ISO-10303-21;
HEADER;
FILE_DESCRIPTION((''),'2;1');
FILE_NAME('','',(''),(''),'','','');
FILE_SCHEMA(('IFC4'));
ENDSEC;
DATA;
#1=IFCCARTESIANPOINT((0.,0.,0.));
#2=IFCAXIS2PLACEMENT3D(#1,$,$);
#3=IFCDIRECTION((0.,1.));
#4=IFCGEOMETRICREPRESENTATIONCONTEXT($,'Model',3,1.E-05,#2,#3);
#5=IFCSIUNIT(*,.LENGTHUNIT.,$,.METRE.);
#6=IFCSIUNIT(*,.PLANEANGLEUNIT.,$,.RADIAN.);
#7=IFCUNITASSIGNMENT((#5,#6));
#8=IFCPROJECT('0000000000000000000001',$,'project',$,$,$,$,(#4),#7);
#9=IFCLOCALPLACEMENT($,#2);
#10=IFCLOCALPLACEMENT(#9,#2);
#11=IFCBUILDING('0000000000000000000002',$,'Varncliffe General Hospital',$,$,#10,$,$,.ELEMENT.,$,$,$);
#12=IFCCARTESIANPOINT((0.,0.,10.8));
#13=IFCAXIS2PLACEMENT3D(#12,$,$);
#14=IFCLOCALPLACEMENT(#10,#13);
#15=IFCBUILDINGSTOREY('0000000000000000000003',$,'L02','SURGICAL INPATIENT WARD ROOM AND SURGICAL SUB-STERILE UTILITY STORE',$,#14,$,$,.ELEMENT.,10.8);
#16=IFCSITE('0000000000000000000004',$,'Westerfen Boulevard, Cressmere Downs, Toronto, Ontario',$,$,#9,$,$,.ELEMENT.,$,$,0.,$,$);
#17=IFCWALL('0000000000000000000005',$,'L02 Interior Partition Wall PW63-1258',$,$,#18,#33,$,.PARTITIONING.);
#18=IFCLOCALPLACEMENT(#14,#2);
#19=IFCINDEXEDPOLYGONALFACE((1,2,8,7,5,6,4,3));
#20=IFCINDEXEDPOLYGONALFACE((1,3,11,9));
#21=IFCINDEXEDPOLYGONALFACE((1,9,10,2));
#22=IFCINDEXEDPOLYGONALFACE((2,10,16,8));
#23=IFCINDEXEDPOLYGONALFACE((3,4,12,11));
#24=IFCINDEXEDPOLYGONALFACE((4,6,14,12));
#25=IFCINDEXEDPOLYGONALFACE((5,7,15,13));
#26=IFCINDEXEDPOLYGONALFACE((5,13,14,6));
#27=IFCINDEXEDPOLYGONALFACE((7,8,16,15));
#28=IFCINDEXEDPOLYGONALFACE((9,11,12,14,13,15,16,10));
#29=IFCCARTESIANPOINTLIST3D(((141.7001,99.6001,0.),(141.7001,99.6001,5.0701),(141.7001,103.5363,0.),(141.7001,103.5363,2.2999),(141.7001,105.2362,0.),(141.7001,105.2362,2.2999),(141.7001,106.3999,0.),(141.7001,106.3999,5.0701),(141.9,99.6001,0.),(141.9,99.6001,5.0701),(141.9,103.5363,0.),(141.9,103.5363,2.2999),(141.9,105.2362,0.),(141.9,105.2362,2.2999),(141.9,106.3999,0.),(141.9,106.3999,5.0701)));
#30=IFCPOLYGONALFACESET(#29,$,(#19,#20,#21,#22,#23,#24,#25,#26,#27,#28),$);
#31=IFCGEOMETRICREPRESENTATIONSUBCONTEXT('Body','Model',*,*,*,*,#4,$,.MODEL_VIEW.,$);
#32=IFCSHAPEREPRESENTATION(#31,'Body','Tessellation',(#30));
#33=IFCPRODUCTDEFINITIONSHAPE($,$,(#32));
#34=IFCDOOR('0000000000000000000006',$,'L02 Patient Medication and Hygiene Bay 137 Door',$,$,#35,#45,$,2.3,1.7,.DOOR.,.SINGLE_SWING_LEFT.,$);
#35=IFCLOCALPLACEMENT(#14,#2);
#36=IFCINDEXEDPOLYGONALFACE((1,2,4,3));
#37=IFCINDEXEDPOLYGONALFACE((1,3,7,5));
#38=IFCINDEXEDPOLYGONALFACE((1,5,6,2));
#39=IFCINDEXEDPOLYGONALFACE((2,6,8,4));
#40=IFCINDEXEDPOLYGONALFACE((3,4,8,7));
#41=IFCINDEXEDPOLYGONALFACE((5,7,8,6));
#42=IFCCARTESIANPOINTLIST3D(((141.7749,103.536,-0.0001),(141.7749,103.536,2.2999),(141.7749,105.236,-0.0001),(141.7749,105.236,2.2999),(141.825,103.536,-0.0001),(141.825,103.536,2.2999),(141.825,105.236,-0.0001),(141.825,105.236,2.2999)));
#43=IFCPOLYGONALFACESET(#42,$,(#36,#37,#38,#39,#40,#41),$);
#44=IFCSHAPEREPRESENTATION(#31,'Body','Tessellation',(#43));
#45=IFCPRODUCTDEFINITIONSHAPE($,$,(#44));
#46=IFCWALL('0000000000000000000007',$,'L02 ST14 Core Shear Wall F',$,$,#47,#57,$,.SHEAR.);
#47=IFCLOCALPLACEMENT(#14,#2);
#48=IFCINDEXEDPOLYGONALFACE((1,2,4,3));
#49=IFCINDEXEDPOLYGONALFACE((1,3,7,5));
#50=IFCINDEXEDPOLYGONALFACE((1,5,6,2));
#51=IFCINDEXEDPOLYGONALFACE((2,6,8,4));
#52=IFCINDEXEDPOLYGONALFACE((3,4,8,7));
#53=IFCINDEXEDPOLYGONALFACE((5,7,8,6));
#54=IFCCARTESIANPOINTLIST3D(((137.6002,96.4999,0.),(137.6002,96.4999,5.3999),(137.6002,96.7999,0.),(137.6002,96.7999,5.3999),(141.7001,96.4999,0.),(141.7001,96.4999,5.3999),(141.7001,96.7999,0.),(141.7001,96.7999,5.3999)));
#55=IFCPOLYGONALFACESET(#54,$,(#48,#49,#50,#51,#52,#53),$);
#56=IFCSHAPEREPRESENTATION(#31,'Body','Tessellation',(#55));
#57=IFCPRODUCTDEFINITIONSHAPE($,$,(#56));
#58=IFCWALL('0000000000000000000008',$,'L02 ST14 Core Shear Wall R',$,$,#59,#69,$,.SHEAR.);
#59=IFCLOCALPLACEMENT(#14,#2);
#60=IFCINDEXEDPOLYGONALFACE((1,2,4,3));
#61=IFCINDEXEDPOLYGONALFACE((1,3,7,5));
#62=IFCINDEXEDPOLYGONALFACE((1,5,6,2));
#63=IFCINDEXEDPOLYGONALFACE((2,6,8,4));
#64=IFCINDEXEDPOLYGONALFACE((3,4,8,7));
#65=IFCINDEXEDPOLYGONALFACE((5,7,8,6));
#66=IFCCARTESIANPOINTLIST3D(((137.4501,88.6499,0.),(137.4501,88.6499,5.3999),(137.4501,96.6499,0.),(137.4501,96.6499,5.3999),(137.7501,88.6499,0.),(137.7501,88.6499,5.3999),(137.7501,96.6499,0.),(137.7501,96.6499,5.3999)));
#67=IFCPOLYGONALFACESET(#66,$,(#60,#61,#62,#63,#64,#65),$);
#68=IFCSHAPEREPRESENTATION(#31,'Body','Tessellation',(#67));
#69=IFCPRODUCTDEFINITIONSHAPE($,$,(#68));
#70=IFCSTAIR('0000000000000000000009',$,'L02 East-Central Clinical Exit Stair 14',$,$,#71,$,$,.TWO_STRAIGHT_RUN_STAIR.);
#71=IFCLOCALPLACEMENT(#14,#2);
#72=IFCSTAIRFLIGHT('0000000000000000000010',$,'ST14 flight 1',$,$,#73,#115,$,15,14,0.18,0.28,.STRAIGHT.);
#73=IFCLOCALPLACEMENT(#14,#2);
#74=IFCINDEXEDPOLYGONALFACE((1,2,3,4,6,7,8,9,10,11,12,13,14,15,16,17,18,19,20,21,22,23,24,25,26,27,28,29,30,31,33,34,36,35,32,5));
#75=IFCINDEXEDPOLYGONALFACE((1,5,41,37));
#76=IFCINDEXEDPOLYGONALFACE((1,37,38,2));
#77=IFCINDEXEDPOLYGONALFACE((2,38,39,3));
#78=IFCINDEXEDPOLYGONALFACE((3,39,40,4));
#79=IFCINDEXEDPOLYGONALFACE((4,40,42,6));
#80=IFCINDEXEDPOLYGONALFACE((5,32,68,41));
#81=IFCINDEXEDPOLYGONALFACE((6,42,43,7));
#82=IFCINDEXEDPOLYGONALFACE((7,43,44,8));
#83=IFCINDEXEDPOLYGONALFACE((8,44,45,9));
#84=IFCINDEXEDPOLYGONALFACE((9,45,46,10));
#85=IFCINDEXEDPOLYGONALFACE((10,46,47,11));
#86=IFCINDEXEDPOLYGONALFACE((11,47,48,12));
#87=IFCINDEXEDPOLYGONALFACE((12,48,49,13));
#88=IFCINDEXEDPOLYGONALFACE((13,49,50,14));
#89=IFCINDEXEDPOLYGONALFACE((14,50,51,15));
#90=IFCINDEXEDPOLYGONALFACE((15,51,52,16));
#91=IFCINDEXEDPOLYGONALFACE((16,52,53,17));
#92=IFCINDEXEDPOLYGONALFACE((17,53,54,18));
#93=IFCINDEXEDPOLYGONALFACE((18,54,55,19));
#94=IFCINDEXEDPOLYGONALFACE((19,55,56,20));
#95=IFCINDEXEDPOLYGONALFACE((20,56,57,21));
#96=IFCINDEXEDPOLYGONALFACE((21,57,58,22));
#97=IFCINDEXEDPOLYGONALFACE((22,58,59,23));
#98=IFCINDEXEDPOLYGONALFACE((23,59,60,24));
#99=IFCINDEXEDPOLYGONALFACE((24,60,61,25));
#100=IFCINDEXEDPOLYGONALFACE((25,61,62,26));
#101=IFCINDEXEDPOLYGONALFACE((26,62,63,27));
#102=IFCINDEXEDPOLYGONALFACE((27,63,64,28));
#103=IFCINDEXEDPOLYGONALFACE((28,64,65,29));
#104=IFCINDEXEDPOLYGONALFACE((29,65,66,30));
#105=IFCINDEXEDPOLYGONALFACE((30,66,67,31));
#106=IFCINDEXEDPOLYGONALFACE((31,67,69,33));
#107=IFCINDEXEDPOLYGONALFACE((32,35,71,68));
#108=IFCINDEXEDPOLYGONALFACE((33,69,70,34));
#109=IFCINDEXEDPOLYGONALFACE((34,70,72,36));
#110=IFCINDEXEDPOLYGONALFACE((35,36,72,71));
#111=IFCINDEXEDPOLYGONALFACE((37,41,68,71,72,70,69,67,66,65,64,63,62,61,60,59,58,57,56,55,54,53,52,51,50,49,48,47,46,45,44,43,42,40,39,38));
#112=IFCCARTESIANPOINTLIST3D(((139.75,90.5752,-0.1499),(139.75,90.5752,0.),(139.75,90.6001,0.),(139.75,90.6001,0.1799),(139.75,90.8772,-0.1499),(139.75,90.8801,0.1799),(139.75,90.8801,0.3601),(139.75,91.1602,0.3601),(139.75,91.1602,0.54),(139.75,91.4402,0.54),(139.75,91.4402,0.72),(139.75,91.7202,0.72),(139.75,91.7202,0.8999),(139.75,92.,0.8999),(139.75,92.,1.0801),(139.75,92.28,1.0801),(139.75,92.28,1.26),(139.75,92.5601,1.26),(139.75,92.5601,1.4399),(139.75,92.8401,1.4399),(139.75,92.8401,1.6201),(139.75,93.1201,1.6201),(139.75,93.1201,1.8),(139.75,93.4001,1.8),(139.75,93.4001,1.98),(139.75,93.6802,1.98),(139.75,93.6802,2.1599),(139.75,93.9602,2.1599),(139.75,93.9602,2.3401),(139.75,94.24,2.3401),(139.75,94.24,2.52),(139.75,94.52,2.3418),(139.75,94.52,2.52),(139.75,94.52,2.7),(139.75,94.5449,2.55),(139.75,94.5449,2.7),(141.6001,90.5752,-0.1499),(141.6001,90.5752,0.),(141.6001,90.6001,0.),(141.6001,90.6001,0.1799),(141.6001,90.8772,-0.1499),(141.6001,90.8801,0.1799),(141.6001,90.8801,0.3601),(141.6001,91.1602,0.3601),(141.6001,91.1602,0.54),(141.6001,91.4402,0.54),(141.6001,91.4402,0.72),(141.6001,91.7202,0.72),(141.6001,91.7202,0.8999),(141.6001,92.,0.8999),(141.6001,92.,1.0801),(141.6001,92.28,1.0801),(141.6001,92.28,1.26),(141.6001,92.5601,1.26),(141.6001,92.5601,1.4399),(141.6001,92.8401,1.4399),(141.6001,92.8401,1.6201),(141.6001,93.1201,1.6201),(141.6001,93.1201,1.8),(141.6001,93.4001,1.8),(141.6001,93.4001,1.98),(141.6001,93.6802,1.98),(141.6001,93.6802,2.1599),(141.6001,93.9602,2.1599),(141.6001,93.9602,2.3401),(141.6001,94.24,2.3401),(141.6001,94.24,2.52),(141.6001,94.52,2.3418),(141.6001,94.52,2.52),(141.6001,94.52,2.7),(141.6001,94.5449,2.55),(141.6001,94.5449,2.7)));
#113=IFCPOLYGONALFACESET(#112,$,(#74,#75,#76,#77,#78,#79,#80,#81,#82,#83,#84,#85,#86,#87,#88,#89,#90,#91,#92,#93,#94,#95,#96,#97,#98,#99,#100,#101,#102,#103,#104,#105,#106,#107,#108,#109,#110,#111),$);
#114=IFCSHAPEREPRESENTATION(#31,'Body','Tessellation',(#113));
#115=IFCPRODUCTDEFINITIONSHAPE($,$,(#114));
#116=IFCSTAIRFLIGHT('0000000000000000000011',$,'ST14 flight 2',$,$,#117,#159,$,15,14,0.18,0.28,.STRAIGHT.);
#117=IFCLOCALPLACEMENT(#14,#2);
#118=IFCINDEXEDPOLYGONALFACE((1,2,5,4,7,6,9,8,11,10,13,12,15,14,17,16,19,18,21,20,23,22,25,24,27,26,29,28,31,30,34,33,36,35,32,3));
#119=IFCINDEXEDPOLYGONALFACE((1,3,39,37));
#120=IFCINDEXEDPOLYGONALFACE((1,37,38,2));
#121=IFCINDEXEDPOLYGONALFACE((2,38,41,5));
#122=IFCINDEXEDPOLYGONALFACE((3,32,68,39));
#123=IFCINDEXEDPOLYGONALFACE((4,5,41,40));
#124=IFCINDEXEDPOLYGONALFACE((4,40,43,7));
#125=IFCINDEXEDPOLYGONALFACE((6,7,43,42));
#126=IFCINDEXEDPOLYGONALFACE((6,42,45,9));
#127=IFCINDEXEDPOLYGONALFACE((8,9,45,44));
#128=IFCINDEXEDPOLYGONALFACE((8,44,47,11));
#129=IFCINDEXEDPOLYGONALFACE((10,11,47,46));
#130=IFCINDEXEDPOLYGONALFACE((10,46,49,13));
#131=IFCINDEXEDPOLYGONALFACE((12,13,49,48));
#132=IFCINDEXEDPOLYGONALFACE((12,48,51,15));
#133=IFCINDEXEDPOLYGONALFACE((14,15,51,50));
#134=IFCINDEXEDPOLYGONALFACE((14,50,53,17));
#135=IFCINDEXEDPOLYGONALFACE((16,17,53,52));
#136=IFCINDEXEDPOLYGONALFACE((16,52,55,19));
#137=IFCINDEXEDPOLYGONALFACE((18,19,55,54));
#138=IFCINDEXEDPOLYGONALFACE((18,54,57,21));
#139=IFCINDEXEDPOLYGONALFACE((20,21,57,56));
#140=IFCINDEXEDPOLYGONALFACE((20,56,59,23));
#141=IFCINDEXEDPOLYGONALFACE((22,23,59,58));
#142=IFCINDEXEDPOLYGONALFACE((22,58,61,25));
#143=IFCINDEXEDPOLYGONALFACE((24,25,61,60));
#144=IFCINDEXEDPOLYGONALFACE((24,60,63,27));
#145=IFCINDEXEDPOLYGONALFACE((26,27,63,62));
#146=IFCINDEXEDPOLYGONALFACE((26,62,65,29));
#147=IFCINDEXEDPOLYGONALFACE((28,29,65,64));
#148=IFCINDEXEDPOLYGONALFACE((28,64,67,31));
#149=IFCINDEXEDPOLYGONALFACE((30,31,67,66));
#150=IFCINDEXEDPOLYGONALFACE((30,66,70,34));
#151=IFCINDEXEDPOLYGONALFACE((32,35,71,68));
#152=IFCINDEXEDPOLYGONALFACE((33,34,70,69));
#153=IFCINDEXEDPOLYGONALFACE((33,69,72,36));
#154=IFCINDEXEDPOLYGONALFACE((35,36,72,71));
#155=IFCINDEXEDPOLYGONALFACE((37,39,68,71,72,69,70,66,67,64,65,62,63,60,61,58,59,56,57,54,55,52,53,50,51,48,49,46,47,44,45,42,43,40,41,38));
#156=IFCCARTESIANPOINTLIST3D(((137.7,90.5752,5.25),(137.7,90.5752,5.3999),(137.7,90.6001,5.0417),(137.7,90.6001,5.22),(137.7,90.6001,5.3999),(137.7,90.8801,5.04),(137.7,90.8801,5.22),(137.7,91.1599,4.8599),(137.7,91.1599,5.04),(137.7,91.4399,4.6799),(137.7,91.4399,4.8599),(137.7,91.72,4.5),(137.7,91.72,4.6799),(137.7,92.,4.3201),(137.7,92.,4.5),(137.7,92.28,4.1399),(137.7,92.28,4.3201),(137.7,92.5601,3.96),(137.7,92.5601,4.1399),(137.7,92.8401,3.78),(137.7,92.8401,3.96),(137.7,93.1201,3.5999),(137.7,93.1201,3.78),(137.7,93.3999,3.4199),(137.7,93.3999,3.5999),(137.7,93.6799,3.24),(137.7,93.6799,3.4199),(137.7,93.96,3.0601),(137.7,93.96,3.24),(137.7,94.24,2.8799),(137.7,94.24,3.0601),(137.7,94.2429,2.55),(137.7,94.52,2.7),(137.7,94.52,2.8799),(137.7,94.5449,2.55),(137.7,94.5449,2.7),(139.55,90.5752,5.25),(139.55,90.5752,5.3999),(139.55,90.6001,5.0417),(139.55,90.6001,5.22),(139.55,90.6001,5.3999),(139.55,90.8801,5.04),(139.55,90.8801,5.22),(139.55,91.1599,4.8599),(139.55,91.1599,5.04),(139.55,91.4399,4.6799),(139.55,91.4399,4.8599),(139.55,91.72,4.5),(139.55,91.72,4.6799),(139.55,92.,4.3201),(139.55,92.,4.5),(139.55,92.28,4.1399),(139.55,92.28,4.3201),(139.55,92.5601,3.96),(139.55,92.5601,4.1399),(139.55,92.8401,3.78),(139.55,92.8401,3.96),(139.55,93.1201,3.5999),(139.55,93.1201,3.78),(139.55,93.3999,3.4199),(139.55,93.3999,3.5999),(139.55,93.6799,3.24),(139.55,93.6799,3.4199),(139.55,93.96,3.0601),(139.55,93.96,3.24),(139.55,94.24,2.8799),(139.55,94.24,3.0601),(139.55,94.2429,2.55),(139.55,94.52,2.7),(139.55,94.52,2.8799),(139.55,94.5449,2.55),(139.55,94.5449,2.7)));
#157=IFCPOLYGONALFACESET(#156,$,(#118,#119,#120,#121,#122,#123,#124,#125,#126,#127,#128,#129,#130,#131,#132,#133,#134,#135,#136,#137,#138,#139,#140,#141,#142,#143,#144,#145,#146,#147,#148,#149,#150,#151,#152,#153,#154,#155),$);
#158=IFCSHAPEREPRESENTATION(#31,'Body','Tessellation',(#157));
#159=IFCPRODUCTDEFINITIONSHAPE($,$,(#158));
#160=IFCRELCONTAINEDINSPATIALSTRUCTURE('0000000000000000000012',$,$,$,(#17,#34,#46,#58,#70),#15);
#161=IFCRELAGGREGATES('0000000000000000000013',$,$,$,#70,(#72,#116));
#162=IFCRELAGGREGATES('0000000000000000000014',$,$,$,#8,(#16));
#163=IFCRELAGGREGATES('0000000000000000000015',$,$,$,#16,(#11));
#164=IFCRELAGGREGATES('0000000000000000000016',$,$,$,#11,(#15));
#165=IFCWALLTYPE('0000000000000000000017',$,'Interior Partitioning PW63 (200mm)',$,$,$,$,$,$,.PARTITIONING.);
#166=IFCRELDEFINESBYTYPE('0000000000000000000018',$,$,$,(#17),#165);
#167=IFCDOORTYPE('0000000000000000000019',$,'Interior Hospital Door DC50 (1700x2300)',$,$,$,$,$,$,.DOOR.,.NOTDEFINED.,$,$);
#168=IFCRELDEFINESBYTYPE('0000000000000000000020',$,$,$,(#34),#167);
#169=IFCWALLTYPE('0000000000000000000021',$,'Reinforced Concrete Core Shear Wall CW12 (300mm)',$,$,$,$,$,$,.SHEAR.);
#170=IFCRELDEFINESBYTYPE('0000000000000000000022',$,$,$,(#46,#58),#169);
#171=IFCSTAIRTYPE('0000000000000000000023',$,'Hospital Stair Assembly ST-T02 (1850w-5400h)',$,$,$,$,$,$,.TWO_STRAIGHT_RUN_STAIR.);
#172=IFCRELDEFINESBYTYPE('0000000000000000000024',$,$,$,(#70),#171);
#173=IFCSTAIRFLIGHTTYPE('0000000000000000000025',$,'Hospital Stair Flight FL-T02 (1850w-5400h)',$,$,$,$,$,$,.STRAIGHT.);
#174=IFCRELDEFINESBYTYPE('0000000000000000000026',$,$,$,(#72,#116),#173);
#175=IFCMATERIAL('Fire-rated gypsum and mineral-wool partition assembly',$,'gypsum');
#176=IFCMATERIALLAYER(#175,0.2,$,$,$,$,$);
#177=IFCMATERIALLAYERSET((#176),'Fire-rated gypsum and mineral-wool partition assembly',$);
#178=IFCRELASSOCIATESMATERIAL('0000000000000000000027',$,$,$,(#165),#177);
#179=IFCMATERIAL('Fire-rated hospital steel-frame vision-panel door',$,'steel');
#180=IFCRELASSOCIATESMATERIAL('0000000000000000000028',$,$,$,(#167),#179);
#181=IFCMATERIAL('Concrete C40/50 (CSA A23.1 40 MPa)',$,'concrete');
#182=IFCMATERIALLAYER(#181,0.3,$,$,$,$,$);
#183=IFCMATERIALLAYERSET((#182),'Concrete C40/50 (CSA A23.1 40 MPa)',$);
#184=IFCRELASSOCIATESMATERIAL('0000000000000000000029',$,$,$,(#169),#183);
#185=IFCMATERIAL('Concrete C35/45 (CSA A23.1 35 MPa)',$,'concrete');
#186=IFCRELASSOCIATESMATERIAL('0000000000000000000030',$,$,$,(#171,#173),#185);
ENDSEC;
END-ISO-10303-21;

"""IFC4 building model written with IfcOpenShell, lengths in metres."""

from ifc_helpers import new_model, si_unit, direction, frame, frame_2d, origin, place, context, subcontext, project, spatial, polyline, rectangle, outline, extrude, material, layer, layer_set, type_object, element, fill, aggregate, save


model = new_model("IFC4")

# Units and contexts
model_context = context("Model", 3, precision=1e-05, world=origin(), true_north=direction((0.0, 1.0)))
body_context = subcontext(model_context, "Body", "Model", "MODEL_VIEW")
ifc_project = project(units=[si_unit("LENGTHUNIT", "METRE"), si_unit("PLANEANGLEUNIT", "RADIAN")], contexts=[model_context])

# Site, building, storey
site_placement = place(None, origin())
site = spatial("IfcSite", under=ifc_project, at=site_placement, Name="Westerfen Boulevard, Cressmere Downs, Toronto, Ontario", CompositionType="ELEMENT", RefElevation=0.0)
building_placement = place(site_placement, origin())
building = spatial("IfcBuilding", under=site, at=building_placement, Name="Varncliffe General Hospital", CompositionType="ELEMENT")
storey_placement = place(building_placement, frame((0.0, 0.0, 10.8)))
storey = spatial("IfcBuildingStorey", under=building, at=storey_placement, Name="L02", Description="SURGICAL INPATIENT WARD ROOM AND SURGICAL SUB-STERILE UTILITY STORE", CompositionType="ELEMENT", Elevation=10.8)

# Shared definitions
ifc_material_1 = material(Name="Concrete C40/50 (CSA A23.1 40 MPa)", Category="concrete")

# Shared definitions
ifc_material_2 = material(Name="Concrete C35/45 (CSA A23.1 35 MPa)", Category="concrete")

# Shared definitions
ifc_material_3 = material(Name="Fire-rated gypsum and mineral-wool partition assembly", Category="gypsum")

# Wall, opening, door
ifc_layer_1 = layer(ifc_material_3, 0.2)
ifc_layer_set_1 = layer_set([ifc_layer_1], Name="Fire-rated gypsum and mineral-wool partition assembly")
wall_type_1 = type_object("IfcWallType", Name="Interior Partitioning PW63 (200mm)", PredefinedType="PARTITIONING", material=ifc_layer_set_1)
wall_1_placement = place(storey_placement, frame((141.8, 99.6001, 0.0), z_axis=(0.0, 0.0, 1.0), x_axis=(0.0, 1.0, 0.0)))
wall_1 = element("IfcWall", 1, at=wall_1_placement, inside=storey, type_object=wall_type_1, Name="L02 Interior Partition Wall PW63-1258", PredefinedType="PARTITIONING", context=body_context, shape_type="SweptSolid", body=[
    extrude(rectangle(XDim=6.7998, YDim=0.2, at=frame_2d((3.3999, 0.0))), origin(), (0.0, 0.0, 1.0), 5.0701),
])
opening_placement = place(wall_1_placement, frame((3.936, 0.0, 0.0)))
opening = element("IfcOpeningElement", 2, at=opening_placement, cuts=wall_1, PredefinedType="OPENING", context=body_context, shape_type="SweptSolid", body=[
    extrude(rectangle(XDim=1.7, YDim=2.3, at=frame_2d((0.8501, 1.1499))), frame((0.0, 0.1099, 0.0), z_axis=(0.0, -1.0, 0.0), x_axis=(1.0, 0.0, 0.0)), (0.0, 0.0, 1.0), 0.22),
])
ifc_material_4 = material(Name="Fire-rated hospital steel-frame vision-panel door", Category="steel")
door_type = type_object("IfcDoorType", Name="Interior Hospital Door DC50 (1700x2300)", OperationType="NOTDEFINED", PredefinedType="DOOR", material=ifc_material_4)
door_placement = place(opening_placement, frame((1.7, 0.0, 0.0), z_axis=(0.0, 0.0, 1.0), x_axis=(-1.0, 0.0, 0.0)))
door = element("IfcDoor", 3, at=door_placement, inside=storey, type_object=door_type, Name="L02 Patient Medication and Hygiene Bay 137 Door", OperationType="SINGLE_SWING_LEFT", OverallHeight=2.3, OverallWidth=1.7, PredefinedType="DOOR", context=body_context, shape_type="SweptSolid", body=[
    extrude(rectangle(XDim=1.7, YDim=2.3, at=frame_2d((0.8501, 1.1499))), frame((0.0, 0.0249, 0.0), z_axis=(0.0, -1.0, 0.0), x_axis=(1.0, 0.0, 0.0)), (0.0, 0.0, 1.0), 0.05),
])
fill(opening, door)

# Walls
ifc_layer_2 = layer(ifc_material_1, 0.3)
ifc_layer_set_2 = layer_set([ifc_layer_2], Name="Concrete C40/50 (CSA A23.1 40 MPa)")
wall_type_2 = type_object("IfcWallType", Name="Reinforced Concrete Core Shear Wall CW12 (300mm)", PredefinedType="SHEAR", material=ifc_layer_set_2)
wall_2_placement = place(storey_placement, frame((141.7, 96.6499, 0.0), z_axis=(0.0, 0.0, 1.0), x_axis=(-1.0, 0.0, 0.0)))
element("IfcWall", 4, at=wall_2_placement, inside=storey, type_object=wall_type_2, Name="L02 ST14 Core Shear Wall F", PredefinedType="SHEAR", context=body_context, shape_type="SweptSolid", body=[
    extrude(rectangle(XDim=4.0999, YDim=0.3, at=frame_2d((2.0498, 0.0))), origin(), (0.0, 0.0, 1.0), 5.3999),
])
wall_3_placement = place(storey_placement, frame((137.6001, 96.6499, 0.0), z_axis=(0.0, 0.0, 1.0), x_axis=(0.0, -1.0, 0.0)))
element("IfcWall", 5, at=wall_3_placement, inside=storey, type_object=wall_type_2, Name="L02 ST14 Core Shear Wall R", PredefinedType="SHEAR", context=body_context, shape_type="SweptSolid", body=[
    extrude(rectangle(XDim=8.0, YDim=0.3, at=frame_2d((4.0, 0.0))), origin(), (0.0, 0.0, 1.0), 5.3999),
])

# Stair, stair flights
stair_type = type_object("IfcStairType", Name="Hospital Stair Assembly ST-T02 (1850w-5400h)", PredefinedType="TWO_STRAIGHT_RUN_STAIR", material=ifc_material_2)
stair_placement = place(storey_placement, origin())
stair = element("IfcStair", 6, at=stair_placement, inside=storey, type_object=stair_type, Name="L02 East-Central Clinical Exit Stair 14", PredefinedType="TWO_STRAIGHT_RUN_STAIR")
stair_flight_type = type_object("IfcStairFlightType", Name="Hospital Stair Flight FL-T02 (1850w-5400h)", PredefinedType="STRAIGHT", material=ifc_material_2)
stair_flight_1_placement = place(storey_placement, frame((140.675, 90.6001, 0.0), z_axis=(0.0, 0.0, 1.0), x_axis=(0.0, 1.0, 0.0)))
stair_flight_1 = element("IfcStairFlight", 7, at=stair_flight_1_placement, type_object=stair_flight_type, Name="ST14 flight 1", NumberOfRisers=15, NumberOfTreads=14, PredefinedType="STRAIGHT", RiserHeight=0.18, TreadLength=0.28, context=body_context, shape_type="SweptSolid", body=[
    extrude(outline(polyline([(-0.0249, -0.1499), (-0.0249, 0.0), (0.0, 0.0), (0.0, 0.1799), (0.28, 0.1799), (0.28, 0.3601), (0.5601, 0.3601), (0.5601, 0.54), (0.8401, 0.54), (0.8401, 0.72), (1.1201, 0.72), (1.1201, 0.8999), (1.3999, 0.8999), (1.3999, 1.0801), (1.6799, 1.0801), (1.6799, 1.26), (1.96, 1.26), (1.96, 1.4399), (2.24, 1.4399), (2.24, 1.6201), (2.52, 1.6201), (2.52, 1.8), (2.8, 1.8), (2.8, 1.98), (3.0801, 1.98), (3.0801, 2.1599), (3.3601, 2.1599), (3.3601, 2.3401), (3.6399, 2.3401), (3.6399, 2.52), (3.9199, 2.52), (3.9199, 2.7), (3.9448, 2.7), (3.9448, 2.55), (3.9199, 2.3418), (0.2771, -0.1499), (-0.0249, -0.1499)])), frame((0.0, 0.925, 0.0), z_axis=(0.0, -1.0, 0.0), x_axis=(1.0, 0.0, 0.0)), (0.0, 0.0, 1.0), 1.8501),
])
stair_flight_2_placement = place(storey_placement, frame((138.625, 94.52, 2.7), z_axis=(0.0, 0.0, 1.0), x_axis=(0.0, -1.0, 0.0)))
stair_flight_2 = element("IfcStairFlight", 8, at=stair_flight_2_placement, type_object=stair_flight_type, Name="ST14 flight 2", NumberOfRisers=15, NumberOfTreads=14, PredefinedType="STRAIGHT", RiserHeight=0.18, TreadLength=0.28, context=body_context, shape_type="SweptSolid", body=[
    extrude(outline(polyline([(-0.0249, -0.1499), (-0.0249, 0.0), (0.0, 0.0), (0.0, 0.1799), (0.28, 0.1799), (0.28, 0.3601), (0.5601, 0.3601), (0.5601, 0.54), (0.8401, 0.54), (0.8401, 0.72), (1.1201, 0.72), (1.1201, 0.8999), (1.3999, 0.8999), (1.3999, 1.0801), (1.6799, 1.0801), (1.6799, 1.26), (1.96, 1.26), (1.96, 1.4399), (2.24, 1.4399), (2.24, 1.6201), (2.52, 1.6201), (2.52, 1.8), (2.8, 1.8), (2.8, 1.98), (3.0801, 1.98), (3.0801, 2.1599), (3.3601, 2.1599), (3.3601, 2.3401), (3.6399, 2.3401), (3.6399, 2.52), (3.9199, 2.52), (3.9199, 2.7), (3.9448, 2.7), (3.9448, 2.55), (3.9199, 2.3418), (0.2771, -0.1499), (-0.0249, -0.1499)])), frame((0.0, 0.925, 0.0), z_axis=(0.0, -1.0, 0.0), x_axis=(1.0, 0.0, 0.0)), (0.0, 0.0, 1.0), 1.8501),
])
aggregate(stair, [stair_flight_1, stair_flight_2])

save(model, "model.ifc")
